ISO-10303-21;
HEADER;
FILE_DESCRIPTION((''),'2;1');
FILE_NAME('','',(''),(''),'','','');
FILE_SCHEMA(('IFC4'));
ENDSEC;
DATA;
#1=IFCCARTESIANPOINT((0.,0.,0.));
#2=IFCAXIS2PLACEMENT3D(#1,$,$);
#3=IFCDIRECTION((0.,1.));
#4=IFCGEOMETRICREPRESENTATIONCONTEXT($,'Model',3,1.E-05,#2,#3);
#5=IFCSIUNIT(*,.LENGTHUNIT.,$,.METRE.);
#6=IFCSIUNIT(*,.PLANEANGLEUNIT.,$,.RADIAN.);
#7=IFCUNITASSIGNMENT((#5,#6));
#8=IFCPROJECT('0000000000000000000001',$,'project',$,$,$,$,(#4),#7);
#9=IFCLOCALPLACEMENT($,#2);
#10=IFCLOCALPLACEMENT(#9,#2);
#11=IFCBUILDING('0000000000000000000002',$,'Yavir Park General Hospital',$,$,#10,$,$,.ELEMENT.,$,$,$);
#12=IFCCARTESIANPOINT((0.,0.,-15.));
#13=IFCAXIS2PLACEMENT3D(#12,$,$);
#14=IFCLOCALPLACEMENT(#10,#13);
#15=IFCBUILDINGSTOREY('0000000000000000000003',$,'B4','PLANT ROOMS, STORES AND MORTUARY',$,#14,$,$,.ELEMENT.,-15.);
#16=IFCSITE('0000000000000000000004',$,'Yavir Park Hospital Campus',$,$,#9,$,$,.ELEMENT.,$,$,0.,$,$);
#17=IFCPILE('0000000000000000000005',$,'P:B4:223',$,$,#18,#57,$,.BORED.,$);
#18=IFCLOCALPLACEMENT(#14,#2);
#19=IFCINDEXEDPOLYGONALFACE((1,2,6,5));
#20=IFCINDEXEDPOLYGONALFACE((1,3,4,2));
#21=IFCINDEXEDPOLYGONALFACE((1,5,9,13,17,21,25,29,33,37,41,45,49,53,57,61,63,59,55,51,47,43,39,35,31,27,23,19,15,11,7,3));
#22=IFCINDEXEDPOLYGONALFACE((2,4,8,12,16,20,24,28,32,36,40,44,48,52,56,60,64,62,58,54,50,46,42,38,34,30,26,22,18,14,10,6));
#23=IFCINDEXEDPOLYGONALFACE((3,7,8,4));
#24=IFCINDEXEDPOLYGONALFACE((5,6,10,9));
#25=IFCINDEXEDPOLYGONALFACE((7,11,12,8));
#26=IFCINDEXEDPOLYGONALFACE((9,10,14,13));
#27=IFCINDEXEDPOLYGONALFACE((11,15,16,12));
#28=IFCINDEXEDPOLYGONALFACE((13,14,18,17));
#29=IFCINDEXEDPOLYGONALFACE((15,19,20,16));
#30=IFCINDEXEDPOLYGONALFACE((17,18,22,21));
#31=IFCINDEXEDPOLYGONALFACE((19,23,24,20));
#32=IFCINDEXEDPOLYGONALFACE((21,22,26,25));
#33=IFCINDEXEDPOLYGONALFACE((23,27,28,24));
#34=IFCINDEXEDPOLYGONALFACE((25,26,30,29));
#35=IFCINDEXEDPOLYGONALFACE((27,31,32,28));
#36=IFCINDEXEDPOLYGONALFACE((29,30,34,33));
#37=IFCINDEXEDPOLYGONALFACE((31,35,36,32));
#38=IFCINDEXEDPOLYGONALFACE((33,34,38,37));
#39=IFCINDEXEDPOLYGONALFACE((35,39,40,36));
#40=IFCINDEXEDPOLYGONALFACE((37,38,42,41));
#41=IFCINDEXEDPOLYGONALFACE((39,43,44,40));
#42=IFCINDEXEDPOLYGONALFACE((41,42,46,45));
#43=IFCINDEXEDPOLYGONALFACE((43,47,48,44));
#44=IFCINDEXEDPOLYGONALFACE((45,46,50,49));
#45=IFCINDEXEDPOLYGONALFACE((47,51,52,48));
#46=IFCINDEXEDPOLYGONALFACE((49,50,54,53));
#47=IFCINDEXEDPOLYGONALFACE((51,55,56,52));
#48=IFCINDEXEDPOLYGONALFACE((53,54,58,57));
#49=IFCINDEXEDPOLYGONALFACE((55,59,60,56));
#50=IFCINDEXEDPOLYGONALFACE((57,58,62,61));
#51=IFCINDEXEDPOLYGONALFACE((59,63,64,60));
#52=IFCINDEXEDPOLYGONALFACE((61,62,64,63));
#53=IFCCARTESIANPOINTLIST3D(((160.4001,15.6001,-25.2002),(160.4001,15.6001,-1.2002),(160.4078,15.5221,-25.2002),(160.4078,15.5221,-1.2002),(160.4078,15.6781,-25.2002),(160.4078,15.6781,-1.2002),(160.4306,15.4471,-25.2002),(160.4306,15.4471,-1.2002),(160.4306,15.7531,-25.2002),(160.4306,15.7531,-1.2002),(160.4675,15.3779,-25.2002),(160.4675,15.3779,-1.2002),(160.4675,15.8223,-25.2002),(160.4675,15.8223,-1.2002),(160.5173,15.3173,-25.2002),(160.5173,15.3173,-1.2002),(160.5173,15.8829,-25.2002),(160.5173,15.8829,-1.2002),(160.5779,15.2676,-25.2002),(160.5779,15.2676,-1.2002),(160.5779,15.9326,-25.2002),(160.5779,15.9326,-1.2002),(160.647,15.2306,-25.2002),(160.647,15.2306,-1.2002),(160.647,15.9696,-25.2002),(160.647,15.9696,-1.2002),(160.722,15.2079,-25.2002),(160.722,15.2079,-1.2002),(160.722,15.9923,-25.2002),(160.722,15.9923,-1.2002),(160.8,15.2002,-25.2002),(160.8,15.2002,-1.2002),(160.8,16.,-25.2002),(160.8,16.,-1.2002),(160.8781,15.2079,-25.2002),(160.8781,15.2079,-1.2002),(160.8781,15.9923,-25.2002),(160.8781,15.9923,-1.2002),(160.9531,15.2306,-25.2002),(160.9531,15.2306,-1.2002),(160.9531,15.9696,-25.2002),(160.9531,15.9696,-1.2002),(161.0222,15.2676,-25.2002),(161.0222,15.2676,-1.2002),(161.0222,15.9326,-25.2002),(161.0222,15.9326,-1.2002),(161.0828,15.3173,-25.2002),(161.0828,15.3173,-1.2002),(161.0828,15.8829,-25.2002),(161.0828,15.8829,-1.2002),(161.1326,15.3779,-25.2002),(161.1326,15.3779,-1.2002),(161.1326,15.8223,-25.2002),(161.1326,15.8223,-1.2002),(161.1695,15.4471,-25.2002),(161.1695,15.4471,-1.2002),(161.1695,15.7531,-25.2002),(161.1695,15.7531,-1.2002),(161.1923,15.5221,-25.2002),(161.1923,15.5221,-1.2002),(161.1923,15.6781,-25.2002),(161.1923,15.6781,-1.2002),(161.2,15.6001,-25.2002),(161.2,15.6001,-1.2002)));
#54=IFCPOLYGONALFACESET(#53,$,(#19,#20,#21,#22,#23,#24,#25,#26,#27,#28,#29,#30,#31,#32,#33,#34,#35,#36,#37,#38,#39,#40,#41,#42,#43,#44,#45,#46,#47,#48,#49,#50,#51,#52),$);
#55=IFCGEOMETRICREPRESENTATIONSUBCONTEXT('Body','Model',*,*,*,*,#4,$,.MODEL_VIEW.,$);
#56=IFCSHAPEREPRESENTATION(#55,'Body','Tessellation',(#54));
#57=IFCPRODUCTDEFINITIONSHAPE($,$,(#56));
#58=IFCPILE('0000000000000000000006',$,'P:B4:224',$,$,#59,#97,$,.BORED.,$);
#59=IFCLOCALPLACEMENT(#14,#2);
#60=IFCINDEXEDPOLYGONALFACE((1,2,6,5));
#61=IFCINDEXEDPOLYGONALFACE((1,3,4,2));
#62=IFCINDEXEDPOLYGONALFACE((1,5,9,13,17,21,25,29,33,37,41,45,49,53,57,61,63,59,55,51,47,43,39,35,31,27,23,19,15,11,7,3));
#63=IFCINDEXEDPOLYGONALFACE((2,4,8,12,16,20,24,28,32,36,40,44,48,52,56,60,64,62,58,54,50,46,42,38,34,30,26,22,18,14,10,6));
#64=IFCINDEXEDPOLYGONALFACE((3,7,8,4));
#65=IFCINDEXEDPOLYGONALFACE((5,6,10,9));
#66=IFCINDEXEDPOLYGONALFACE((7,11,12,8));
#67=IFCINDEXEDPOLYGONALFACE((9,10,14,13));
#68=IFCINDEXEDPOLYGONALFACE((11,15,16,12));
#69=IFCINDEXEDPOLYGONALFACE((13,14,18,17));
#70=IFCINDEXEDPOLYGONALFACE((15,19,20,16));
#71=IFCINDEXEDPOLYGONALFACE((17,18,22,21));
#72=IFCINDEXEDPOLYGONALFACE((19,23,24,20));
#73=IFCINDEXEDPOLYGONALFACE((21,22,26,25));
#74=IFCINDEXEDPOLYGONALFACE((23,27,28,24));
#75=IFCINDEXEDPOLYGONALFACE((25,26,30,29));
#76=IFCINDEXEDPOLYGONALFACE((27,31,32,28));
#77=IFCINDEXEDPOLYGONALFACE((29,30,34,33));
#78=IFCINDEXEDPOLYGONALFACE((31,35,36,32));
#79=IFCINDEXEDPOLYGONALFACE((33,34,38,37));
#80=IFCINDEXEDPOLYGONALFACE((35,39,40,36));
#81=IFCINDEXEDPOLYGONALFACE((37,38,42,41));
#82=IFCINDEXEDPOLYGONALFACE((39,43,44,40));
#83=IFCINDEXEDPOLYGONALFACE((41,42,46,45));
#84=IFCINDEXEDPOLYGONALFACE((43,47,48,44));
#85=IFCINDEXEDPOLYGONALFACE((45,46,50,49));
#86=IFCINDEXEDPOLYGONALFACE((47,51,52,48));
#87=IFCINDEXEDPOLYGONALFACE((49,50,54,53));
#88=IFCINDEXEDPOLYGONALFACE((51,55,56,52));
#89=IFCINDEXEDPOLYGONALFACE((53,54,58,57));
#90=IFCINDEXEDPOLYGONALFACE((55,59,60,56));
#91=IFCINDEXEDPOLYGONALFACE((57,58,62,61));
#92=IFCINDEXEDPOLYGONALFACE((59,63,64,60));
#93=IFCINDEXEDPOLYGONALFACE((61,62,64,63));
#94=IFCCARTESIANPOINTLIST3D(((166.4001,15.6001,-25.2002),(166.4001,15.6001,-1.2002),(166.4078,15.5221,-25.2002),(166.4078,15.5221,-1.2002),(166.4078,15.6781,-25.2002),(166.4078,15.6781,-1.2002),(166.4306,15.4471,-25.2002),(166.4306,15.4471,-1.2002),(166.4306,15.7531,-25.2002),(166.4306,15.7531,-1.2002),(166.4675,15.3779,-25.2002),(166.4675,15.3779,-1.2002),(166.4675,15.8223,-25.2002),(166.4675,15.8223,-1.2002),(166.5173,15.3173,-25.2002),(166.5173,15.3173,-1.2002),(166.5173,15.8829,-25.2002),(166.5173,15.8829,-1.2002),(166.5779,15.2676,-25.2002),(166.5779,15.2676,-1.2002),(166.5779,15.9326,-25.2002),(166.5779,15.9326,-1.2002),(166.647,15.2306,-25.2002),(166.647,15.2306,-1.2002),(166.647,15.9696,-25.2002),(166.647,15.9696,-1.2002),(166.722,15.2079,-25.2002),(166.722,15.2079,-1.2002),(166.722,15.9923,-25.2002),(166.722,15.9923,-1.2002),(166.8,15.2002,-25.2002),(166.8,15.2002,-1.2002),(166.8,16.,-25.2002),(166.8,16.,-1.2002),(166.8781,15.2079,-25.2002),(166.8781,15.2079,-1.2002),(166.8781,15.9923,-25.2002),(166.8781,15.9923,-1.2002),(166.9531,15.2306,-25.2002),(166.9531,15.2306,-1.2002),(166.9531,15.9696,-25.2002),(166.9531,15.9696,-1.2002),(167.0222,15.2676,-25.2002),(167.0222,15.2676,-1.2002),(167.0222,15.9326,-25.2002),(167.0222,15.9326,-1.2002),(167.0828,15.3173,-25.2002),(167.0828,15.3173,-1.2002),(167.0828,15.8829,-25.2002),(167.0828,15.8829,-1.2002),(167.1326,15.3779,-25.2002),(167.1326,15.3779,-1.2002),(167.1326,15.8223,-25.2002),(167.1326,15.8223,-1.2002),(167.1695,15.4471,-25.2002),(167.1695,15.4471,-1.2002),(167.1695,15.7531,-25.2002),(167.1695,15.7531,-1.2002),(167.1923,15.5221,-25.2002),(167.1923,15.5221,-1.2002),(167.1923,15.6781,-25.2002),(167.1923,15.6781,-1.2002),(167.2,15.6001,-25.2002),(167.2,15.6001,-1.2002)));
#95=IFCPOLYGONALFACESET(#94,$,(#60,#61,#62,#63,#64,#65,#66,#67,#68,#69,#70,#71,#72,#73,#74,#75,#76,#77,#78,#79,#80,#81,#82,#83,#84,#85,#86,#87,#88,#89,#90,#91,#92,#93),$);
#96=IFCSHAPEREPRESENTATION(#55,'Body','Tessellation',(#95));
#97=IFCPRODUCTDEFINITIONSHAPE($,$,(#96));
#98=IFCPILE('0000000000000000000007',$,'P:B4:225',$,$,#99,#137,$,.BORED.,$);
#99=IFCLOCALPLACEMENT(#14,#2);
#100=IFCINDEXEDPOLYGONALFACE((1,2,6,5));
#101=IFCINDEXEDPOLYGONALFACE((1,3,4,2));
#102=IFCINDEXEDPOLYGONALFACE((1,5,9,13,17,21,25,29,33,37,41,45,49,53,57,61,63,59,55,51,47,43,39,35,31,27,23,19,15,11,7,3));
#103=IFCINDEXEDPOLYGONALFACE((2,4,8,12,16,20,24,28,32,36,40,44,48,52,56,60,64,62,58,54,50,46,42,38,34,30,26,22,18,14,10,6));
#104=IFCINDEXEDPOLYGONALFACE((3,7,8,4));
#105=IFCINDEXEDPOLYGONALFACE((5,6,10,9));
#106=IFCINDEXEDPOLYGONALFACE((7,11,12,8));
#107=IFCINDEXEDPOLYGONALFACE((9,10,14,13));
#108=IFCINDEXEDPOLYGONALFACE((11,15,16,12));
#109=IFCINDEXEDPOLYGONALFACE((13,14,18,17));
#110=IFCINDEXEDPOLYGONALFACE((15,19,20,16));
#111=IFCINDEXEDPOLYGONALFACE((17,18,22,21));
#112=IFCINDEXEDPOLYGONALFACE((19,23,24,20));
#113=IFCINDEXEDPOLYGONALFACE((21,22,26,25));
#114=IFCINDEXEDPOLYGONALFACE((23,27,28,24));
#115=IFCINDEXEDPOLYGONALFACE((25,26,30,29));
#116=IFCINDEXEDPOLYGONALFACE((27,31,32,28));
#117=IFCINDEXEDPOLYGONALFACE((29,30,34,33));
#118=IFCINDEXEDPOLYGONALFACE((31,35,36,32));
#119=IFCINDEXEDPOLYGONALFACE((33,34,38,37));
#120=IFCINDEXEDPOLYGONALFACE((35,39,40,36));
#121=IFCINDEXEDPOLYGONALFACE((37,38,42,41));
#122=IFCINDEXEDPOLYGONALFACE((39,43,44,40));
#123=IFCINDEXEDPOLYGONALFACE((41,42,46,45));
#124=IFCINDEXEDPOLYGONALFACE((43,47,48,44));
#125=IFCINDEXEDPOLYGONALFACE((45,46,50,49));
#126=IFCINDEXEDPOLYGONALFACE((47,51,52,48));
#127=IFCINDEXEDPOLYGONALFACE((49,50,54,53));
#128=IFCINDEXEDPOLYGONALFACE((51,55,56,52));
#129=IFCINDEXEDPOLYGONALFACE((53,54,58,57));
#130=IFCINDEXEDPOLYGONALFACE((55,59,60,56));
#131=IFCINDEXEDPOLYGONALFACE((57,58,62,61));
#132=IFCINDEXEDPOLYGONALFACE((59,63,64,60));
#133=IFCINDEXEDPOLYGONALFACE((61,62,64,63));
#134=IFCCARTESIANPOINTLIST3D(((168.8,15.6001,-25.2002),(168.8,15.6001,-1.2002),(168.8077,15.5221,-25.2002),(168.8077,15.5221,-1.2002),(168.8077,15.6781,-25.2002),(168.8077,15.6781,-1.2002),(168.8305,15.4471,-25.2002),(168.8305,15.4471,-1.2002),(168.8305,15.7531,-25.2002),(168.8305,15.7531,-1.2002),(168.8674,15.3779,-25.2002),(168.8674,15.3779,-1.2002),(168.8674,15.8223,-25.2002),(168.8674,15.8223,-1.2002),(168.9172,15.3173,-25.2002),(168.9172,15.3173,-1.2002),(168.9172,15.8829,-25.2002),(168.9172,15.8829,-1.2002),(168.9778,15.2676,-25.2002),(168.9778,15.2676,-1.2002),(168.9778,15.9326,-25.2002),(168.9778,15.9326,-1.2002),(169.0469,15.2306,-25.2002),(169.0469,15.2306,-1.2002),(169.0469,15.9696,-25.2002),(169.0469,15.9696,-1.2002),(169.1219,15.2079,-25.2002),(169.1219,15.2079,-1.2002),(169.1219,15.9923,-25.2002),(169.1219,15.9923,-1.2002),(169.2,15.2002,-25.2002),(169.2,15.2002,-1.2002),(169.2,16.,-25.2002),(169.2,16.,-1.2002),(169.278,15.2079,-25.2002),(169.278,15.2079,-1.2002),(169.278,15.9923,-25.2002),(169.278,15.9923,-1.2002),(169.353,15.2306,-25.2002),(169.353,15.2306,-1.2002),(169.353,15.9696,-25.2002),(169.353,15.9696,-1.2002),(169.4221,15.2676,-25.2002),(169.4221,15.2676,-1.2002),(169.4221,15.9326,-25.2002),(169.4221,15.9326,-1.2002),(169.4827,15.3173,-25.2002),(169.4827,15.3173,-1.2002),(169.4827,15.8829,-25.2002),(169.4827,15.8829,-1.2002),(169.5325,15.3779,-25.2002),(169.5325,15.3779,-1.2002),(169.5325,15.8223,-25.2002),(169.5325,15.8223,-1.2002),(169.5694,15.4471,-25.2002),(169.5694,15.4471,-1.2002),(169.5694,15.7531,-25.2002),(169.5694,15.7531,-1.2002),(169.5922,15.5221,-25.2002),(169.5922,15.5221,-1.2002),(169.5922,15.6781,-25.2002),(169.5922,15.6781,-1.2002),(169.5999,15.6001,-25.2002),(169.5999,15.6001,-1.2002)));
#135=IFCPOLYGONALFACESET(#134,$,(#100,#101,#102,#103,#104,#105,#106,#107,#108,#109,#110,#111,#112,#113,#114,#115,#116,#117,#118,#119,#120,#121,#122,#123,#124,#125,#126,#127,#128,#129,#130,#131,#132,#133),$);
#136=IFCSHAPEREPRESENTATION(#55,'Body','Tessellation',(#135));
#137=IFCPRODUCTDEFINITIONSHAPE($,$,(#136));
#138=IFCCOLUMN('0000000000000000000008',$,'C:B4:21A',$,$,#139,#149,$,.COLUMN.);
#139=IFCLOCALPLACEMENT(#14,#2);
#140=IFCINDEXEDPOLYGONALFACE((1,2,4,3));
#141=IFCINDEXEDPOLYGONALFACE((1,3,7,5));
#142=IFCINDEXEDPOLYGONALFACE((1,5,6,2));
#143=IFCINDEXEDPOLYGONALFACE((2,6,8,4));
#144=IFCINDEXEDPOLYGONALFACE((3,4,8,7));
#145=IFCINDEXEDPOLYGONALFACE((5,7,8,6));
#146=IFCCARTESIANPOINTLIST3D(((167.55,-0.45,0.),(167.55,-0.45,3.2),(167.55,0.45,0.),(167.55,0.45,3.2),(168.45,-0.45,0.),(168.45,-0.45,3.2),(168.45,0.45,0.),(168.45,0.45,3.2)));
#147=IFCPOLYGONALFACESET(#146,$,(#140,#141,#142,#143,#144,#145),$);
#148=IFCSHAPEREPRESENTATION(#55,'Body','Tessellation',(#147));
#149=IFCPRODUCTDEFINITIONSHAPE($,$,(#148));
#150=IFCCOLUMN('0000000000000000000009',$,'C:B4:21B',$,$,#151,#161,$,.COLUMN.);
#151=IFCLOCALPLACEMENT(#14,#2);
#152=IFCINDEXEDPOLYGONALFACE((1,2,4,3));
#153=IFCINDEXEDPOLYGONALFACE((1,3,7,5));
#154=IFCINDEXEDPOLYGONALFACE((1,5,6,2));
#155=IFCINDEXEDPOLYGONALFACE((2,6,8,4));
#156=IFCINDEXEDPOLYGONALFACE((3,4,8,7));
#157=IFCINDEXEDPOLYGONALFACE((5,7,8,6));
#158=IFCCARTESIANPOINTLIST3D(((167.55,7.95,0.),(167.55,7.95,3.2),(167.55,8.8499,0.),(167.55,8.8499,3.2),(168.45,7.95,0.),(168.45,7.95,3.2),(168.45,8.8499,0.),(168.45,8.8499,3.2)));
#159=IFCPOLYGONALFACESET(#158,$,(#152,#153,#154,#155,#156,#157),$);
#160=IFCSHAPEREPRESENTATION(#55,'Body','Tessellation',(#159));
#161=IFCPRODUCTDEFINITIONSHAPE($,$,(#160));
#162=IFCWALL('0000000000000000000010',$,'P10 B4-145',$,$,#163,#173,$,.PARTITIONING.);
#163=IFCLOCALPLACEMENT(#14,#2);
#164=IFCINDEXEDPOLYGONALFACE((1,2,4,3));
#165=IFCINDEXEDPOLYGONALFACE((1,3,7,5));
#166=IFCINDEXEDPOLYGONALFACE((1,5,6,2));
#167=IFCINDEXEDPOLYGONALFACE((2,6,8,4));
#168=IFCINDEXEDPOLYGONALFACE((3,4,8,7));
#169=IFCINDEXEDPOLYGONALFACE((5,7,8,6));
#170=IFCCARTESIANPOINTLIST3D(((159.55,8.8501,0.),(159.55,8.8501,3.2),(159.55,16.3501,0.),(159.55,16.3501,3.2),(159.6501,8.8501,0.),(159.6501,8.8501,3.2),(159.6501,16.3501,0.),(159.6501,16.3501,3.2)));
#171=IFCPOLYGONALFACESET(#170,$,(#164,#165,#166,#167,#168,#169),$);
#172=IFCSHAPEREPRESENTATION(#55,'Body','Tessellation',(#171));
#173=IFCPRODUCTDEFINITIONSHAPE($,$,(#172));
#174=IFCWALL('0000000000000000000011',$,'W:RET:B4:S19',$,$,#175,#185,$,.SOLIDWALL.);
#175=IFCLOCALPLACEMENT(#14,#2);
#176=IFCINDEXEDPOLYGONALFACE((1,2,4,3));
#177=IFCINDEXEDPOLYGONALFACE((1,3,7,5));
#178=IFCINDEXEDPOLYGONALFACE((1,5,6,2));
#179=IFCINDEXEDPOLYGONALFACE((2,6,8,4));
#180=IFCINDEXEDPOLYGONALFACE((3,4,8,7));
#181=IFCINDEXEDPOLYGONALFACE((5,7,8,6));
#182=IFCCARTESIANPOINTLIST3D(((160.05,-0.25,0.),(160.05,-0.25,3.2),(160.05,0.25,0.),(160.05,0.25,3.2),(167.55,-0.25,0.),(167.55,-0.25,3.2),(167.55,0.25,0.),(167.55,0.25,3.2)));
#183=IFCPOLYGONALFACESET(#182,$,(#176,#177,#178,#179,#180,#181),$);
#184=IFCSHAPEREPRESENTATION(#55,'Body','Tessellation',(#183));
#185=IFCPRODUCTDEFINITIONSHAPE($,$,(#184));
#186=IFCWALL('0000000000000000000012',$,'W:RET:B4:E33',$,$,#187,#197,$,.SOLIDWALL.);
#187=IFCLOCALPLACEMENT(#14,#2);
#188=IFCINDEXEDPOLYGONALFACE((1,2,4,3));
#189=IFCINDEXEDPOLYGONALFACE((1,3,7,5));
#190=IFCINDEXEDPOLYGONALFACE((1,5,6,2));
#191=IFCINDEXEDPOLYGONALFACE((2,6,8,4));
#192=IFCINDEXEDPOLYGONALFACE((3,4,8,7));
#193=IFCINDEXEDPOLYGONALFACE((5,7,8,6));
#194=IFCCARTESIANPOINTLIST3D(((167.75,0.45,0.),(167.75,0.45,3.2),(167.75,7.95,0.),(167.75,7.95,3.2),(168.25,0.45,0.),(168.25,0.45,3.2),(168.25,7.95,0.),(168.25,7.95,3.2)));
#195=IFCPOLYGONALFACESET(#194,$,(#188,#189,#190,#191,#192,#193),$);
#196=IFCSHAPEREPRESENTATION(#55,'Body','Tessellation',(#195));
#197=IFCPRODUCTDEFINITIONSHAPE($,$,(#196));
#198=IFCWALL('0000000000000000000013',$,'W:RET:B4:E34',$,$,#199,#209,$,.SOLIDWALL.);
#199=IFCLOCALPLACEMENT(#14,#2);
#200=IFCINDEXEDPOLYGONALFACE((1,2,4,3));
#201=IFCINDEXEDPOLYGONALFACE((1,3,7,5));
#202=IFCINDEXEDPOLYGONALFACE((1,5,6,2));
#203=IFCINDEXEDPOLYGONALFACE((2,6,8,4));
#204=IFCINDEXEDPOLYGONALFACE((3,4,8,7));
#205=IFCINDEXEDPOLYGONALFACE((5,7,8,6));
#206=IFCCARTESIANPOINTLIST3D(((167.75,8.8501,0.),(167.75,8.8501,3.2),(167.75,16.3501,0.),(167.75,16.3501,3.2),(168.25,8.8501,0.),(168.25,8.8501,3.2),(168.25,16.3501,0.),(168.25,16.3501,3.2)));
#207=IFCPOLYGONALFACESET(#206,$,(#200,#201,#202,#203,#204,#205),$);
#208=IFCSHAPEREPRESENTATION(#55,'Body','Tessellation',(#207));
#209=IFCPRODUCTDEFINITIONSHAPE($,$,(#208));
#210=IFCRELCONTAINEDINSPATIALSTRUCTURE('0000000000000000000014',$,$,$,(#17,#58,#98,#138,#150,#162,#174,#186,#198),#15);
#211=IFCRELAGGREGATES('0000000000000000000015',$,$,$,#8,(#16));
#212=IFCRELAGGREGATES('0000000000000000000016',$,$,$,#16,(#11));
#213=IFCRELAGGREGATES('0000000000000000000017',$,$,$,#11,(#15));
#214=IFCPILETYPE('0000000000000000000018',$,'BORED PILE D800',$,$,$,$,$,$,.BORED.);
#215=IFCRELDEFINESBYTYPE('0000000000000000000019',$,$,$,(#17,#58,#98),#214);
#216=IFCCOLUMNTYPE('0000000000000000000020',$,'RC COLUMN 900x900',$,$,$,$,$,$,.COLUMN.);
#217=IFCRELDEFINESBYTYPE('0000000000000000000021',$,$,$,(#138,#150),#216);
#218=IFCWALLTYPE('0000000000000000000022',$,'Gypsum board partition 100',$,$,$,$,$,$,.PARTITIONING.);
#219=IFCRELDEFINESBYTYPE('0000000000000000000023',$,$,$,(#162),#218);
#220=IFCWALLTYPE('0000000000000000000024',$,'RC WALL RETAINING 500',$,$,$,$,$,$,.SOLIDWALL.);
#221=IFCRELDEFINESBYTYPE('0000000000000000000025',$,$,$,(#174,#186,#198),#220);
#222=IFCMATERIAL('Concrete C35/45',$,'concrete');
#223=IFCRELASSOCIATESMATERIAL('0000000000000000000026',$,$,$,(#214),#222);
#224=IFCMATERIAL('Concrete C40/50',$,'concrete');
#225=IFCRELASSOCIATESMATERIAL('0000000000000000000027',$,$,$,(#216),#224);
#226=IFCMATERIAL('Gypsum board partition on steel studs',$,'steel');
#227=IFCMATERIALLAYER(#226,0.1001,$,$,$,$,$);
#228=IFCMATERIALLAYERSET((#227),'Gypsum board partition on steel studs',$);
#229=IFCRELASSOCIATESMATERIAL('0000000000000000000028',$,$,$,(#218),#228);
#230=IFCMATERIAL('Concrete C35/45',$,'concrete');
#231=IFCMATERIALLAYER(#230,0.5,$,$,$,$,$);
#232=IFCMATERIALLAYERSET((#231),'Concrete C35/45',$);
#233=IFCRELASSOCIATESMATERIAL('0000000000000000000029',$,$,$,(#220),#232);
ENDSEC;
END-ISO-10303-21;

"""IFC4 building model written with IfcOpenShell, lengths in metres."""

from ifc_helpers import new_model, si_unit, direction, frame, frame_2d, origin, origin_2d, place, context, subcontext, project, spatial, rectangle, circle, extrude, material, layer, layer_set, material_profile, profile_set, type_object, element, save


model = new_model("IFC4")

# Units and contexts
model_context = context("Model", 3, precision=1e-05, world=origin(), true_north=direction((0.0, 1.0)))
body_context = subcontext(model_context, "Body", "Model", "MODEL_VIEW")
ifc_project = project(units=[si_unit("LENGTHUNIT", "METRE"), si_unit("PLANEANGLEUNIT", "RADIAN")], contexts=[model_context])

# Site, building, storey
site_placement = place(None, origin())
site = spatial("IfcSite", under=ifc_project, at=site_placement, Name="Yavir Park Hospital Campus", CompositionType="ELEMENT", RefElevation=0.0)
building_placement = place(site_placement, origin())
building = spatial("IfcBuilding", under=site, at=building_placement, Name="Yavir Park General Hospital", CompositionType="ELEMENT")
storey_placement = place(building_placement, frame((0.0, 0.0, -15.0)))
storey = spatial("IfcBuildingStorey", under=building, at=storey_placement, Name="B4", Description="PLANT ROOMS, STORES AND MORTUARY", CompositionType="ELEMENT", Elevation=-15.0)

# Piles
ifc_material_1 = material(Name="Concrete C35/45", Category="concrete")
ifc_material_profile_1 = material_profile(ifc_material_1, circle(Radius=0.3999, at=origin_2d()), Name="D800")
ifc_profile_set_1 = profile_set([ifc_material_profile_1], Name="Concrete C35/45")
pile_type = type_object("IfcPileType", Name="BORED PILE D800", PredefinedType="BORED", material=ifc_profile_set_1)
for number, where, z_axis, x_axis, name in (
    (1, (160.8, 15.6001, -1.2002), (0.0, 0.0, -1.0), (1.0, 0.0, 0.0), "P:B4:223"),
    (2, (166.8, 15.6001, -1.2002), (0.0, 0.0, -1.0), (1.0, 0.0, 0.0), "P:B4:224"),
    (3, (169.2, 15.6001, -1.2002), (0.0, 0.0, -1.0), (1.0, 0.0, 0.0), "P:B4:225"),
):
    element("IfcPile", number, at=place(storey_placement, frame(where, z_axis=z_axis, x_axis=x_axis)), inside=storey, type_object=pile_type, Name=name, PredefinedType="BORED", context=body_context, shape_type="SweptSolid", body=[
        extrude(circle(Radius=0.3999, at=origin_2d()), origin(), (0.0, 0.0, 1.0), 24.0),
    ])

# Columns
ifc_material_2 = material(Name="Concrete C40/50", Category="concrete")
ifc_material_profile_2 = material_profile(ifc_material_2, rectangle(XDim=0.8999, YDim=0.8999, at=origin_2d()), Name="RC900x900")
ifc_profile_set_2 = profile_set([ifc_material_profile_2], Name="Concrete C40/50")
column_type = type_object("IfcColumnType", Name="RC COLUMN 900x900", PredefinedType="COLUMN", material=ifc_profile_set_2)
for number, where, z_axis, x_axis, name in (
    (4, (168.0, 0.0, 0.0), (0.0, 0.0, 1.0), (1.0, 0.0, 0.0), "C:B4:21A"),
    (5, (168.0, 8.3999, 0.0), (0.0, 0.0, 1.0), (1.0, 0.0, 0.0), "C:B4:21B"),
):
    element("IfcColumn", number, at=place(storey_placement, frame(where, z_axis=z_axis, x_axis=x_axis)), inside=storey, type_object=column_type, Name=name, PredefinedType="COLUMN", context=body_context, shape_type="SweptSolid", body=[
        extrude(rectangle(XDim=0.8999, YDim=0.8999, at=origin_2d()), origin(), (0.0, 0.0, 1.0), 3.2),
    ])

# Walls
ifc_material_3 = material(Name="Gypsum board partition on steel studs", Category="steel")
ifc_layer_1 = layer(ifc_material_3, 0.1001)
ifc_layer_set_1 = layer_set([ifc_layer_1], Name="Gypsum board partition on steel studs")
wall_type_1 = type_object("IfcWallType", Name="Gypsum board partition 100", PredefinedType="PARTITIONING", material=ifc_layer_set_1)
wall_placement = place(storey_placement, frame((159.6001, 8.8501, 0.0), z_axis=(0.0, 0.0, 1.0), x_axis=(0.0, 1.0, 0.0)))
element("IfcWall", 6, at=wall_placement, inside=storey, type_object=wall_type_1, Name="P10 B4-145", PredefinedType="PARTITIONING", context=body_context, shape_type="SweptSolid", body=[
    extrude(rectangle(XDim=7.5, YDim=0.1001, at=frame_2d((3.75, 0.0))), origin(), (0.0, 0.0, 1.0), 3.2),
])
ifc_material_4 = material(Name="Concrete C35/45", Category="concrete")
ifc_layer_2 = layer(ifc_material_4, 0.5)
ifc_layer_set_2 = layer_set([ifc_layer_2], Name="Concrete C35/45")
wall_type_2 = type_object("IfcWallType", Name="RC WALL RETAINING 500", PredefinedType="SOLIDWALL", material=ifc_layer_set_2)
for number, where, z_axis, x_axis, name in (
    (7, (160.05, 0.0, 0.0), (0.0, 0.0, 1.0), (1.0, 0.0, 0.0), "W:RET:B4:S19"),
    (8, (168.0, 0.45, 0.0), (0.0, 0.0, 1.0), (0.0, 1.0, 0.0), "W:RET:B4:E33"),
    (9, (168.0, 8.8501, 0.0), (0.0, 0.0, 1.0), (0.0, 1.0, 0.0), "W:RET:B4:E34"),
):
    element("IfcWall", number, at=place(storey_placement, frame(where, z_axis=z_axis, x_axis=x_axis)), inside=storey, type_object=wall_type_2, Name=name, PredefinedType="SOLIDWALL", context=body_context, shape_type="SweptSolid", body=[
        extrude(rectangle(XDim=7.5, YDim=0.5, at=frame_2d((3.75, 0.0))), origin(), (0.0, 0.0, 1.0), 3.2),
    ])

save(model, "model.ifc")
